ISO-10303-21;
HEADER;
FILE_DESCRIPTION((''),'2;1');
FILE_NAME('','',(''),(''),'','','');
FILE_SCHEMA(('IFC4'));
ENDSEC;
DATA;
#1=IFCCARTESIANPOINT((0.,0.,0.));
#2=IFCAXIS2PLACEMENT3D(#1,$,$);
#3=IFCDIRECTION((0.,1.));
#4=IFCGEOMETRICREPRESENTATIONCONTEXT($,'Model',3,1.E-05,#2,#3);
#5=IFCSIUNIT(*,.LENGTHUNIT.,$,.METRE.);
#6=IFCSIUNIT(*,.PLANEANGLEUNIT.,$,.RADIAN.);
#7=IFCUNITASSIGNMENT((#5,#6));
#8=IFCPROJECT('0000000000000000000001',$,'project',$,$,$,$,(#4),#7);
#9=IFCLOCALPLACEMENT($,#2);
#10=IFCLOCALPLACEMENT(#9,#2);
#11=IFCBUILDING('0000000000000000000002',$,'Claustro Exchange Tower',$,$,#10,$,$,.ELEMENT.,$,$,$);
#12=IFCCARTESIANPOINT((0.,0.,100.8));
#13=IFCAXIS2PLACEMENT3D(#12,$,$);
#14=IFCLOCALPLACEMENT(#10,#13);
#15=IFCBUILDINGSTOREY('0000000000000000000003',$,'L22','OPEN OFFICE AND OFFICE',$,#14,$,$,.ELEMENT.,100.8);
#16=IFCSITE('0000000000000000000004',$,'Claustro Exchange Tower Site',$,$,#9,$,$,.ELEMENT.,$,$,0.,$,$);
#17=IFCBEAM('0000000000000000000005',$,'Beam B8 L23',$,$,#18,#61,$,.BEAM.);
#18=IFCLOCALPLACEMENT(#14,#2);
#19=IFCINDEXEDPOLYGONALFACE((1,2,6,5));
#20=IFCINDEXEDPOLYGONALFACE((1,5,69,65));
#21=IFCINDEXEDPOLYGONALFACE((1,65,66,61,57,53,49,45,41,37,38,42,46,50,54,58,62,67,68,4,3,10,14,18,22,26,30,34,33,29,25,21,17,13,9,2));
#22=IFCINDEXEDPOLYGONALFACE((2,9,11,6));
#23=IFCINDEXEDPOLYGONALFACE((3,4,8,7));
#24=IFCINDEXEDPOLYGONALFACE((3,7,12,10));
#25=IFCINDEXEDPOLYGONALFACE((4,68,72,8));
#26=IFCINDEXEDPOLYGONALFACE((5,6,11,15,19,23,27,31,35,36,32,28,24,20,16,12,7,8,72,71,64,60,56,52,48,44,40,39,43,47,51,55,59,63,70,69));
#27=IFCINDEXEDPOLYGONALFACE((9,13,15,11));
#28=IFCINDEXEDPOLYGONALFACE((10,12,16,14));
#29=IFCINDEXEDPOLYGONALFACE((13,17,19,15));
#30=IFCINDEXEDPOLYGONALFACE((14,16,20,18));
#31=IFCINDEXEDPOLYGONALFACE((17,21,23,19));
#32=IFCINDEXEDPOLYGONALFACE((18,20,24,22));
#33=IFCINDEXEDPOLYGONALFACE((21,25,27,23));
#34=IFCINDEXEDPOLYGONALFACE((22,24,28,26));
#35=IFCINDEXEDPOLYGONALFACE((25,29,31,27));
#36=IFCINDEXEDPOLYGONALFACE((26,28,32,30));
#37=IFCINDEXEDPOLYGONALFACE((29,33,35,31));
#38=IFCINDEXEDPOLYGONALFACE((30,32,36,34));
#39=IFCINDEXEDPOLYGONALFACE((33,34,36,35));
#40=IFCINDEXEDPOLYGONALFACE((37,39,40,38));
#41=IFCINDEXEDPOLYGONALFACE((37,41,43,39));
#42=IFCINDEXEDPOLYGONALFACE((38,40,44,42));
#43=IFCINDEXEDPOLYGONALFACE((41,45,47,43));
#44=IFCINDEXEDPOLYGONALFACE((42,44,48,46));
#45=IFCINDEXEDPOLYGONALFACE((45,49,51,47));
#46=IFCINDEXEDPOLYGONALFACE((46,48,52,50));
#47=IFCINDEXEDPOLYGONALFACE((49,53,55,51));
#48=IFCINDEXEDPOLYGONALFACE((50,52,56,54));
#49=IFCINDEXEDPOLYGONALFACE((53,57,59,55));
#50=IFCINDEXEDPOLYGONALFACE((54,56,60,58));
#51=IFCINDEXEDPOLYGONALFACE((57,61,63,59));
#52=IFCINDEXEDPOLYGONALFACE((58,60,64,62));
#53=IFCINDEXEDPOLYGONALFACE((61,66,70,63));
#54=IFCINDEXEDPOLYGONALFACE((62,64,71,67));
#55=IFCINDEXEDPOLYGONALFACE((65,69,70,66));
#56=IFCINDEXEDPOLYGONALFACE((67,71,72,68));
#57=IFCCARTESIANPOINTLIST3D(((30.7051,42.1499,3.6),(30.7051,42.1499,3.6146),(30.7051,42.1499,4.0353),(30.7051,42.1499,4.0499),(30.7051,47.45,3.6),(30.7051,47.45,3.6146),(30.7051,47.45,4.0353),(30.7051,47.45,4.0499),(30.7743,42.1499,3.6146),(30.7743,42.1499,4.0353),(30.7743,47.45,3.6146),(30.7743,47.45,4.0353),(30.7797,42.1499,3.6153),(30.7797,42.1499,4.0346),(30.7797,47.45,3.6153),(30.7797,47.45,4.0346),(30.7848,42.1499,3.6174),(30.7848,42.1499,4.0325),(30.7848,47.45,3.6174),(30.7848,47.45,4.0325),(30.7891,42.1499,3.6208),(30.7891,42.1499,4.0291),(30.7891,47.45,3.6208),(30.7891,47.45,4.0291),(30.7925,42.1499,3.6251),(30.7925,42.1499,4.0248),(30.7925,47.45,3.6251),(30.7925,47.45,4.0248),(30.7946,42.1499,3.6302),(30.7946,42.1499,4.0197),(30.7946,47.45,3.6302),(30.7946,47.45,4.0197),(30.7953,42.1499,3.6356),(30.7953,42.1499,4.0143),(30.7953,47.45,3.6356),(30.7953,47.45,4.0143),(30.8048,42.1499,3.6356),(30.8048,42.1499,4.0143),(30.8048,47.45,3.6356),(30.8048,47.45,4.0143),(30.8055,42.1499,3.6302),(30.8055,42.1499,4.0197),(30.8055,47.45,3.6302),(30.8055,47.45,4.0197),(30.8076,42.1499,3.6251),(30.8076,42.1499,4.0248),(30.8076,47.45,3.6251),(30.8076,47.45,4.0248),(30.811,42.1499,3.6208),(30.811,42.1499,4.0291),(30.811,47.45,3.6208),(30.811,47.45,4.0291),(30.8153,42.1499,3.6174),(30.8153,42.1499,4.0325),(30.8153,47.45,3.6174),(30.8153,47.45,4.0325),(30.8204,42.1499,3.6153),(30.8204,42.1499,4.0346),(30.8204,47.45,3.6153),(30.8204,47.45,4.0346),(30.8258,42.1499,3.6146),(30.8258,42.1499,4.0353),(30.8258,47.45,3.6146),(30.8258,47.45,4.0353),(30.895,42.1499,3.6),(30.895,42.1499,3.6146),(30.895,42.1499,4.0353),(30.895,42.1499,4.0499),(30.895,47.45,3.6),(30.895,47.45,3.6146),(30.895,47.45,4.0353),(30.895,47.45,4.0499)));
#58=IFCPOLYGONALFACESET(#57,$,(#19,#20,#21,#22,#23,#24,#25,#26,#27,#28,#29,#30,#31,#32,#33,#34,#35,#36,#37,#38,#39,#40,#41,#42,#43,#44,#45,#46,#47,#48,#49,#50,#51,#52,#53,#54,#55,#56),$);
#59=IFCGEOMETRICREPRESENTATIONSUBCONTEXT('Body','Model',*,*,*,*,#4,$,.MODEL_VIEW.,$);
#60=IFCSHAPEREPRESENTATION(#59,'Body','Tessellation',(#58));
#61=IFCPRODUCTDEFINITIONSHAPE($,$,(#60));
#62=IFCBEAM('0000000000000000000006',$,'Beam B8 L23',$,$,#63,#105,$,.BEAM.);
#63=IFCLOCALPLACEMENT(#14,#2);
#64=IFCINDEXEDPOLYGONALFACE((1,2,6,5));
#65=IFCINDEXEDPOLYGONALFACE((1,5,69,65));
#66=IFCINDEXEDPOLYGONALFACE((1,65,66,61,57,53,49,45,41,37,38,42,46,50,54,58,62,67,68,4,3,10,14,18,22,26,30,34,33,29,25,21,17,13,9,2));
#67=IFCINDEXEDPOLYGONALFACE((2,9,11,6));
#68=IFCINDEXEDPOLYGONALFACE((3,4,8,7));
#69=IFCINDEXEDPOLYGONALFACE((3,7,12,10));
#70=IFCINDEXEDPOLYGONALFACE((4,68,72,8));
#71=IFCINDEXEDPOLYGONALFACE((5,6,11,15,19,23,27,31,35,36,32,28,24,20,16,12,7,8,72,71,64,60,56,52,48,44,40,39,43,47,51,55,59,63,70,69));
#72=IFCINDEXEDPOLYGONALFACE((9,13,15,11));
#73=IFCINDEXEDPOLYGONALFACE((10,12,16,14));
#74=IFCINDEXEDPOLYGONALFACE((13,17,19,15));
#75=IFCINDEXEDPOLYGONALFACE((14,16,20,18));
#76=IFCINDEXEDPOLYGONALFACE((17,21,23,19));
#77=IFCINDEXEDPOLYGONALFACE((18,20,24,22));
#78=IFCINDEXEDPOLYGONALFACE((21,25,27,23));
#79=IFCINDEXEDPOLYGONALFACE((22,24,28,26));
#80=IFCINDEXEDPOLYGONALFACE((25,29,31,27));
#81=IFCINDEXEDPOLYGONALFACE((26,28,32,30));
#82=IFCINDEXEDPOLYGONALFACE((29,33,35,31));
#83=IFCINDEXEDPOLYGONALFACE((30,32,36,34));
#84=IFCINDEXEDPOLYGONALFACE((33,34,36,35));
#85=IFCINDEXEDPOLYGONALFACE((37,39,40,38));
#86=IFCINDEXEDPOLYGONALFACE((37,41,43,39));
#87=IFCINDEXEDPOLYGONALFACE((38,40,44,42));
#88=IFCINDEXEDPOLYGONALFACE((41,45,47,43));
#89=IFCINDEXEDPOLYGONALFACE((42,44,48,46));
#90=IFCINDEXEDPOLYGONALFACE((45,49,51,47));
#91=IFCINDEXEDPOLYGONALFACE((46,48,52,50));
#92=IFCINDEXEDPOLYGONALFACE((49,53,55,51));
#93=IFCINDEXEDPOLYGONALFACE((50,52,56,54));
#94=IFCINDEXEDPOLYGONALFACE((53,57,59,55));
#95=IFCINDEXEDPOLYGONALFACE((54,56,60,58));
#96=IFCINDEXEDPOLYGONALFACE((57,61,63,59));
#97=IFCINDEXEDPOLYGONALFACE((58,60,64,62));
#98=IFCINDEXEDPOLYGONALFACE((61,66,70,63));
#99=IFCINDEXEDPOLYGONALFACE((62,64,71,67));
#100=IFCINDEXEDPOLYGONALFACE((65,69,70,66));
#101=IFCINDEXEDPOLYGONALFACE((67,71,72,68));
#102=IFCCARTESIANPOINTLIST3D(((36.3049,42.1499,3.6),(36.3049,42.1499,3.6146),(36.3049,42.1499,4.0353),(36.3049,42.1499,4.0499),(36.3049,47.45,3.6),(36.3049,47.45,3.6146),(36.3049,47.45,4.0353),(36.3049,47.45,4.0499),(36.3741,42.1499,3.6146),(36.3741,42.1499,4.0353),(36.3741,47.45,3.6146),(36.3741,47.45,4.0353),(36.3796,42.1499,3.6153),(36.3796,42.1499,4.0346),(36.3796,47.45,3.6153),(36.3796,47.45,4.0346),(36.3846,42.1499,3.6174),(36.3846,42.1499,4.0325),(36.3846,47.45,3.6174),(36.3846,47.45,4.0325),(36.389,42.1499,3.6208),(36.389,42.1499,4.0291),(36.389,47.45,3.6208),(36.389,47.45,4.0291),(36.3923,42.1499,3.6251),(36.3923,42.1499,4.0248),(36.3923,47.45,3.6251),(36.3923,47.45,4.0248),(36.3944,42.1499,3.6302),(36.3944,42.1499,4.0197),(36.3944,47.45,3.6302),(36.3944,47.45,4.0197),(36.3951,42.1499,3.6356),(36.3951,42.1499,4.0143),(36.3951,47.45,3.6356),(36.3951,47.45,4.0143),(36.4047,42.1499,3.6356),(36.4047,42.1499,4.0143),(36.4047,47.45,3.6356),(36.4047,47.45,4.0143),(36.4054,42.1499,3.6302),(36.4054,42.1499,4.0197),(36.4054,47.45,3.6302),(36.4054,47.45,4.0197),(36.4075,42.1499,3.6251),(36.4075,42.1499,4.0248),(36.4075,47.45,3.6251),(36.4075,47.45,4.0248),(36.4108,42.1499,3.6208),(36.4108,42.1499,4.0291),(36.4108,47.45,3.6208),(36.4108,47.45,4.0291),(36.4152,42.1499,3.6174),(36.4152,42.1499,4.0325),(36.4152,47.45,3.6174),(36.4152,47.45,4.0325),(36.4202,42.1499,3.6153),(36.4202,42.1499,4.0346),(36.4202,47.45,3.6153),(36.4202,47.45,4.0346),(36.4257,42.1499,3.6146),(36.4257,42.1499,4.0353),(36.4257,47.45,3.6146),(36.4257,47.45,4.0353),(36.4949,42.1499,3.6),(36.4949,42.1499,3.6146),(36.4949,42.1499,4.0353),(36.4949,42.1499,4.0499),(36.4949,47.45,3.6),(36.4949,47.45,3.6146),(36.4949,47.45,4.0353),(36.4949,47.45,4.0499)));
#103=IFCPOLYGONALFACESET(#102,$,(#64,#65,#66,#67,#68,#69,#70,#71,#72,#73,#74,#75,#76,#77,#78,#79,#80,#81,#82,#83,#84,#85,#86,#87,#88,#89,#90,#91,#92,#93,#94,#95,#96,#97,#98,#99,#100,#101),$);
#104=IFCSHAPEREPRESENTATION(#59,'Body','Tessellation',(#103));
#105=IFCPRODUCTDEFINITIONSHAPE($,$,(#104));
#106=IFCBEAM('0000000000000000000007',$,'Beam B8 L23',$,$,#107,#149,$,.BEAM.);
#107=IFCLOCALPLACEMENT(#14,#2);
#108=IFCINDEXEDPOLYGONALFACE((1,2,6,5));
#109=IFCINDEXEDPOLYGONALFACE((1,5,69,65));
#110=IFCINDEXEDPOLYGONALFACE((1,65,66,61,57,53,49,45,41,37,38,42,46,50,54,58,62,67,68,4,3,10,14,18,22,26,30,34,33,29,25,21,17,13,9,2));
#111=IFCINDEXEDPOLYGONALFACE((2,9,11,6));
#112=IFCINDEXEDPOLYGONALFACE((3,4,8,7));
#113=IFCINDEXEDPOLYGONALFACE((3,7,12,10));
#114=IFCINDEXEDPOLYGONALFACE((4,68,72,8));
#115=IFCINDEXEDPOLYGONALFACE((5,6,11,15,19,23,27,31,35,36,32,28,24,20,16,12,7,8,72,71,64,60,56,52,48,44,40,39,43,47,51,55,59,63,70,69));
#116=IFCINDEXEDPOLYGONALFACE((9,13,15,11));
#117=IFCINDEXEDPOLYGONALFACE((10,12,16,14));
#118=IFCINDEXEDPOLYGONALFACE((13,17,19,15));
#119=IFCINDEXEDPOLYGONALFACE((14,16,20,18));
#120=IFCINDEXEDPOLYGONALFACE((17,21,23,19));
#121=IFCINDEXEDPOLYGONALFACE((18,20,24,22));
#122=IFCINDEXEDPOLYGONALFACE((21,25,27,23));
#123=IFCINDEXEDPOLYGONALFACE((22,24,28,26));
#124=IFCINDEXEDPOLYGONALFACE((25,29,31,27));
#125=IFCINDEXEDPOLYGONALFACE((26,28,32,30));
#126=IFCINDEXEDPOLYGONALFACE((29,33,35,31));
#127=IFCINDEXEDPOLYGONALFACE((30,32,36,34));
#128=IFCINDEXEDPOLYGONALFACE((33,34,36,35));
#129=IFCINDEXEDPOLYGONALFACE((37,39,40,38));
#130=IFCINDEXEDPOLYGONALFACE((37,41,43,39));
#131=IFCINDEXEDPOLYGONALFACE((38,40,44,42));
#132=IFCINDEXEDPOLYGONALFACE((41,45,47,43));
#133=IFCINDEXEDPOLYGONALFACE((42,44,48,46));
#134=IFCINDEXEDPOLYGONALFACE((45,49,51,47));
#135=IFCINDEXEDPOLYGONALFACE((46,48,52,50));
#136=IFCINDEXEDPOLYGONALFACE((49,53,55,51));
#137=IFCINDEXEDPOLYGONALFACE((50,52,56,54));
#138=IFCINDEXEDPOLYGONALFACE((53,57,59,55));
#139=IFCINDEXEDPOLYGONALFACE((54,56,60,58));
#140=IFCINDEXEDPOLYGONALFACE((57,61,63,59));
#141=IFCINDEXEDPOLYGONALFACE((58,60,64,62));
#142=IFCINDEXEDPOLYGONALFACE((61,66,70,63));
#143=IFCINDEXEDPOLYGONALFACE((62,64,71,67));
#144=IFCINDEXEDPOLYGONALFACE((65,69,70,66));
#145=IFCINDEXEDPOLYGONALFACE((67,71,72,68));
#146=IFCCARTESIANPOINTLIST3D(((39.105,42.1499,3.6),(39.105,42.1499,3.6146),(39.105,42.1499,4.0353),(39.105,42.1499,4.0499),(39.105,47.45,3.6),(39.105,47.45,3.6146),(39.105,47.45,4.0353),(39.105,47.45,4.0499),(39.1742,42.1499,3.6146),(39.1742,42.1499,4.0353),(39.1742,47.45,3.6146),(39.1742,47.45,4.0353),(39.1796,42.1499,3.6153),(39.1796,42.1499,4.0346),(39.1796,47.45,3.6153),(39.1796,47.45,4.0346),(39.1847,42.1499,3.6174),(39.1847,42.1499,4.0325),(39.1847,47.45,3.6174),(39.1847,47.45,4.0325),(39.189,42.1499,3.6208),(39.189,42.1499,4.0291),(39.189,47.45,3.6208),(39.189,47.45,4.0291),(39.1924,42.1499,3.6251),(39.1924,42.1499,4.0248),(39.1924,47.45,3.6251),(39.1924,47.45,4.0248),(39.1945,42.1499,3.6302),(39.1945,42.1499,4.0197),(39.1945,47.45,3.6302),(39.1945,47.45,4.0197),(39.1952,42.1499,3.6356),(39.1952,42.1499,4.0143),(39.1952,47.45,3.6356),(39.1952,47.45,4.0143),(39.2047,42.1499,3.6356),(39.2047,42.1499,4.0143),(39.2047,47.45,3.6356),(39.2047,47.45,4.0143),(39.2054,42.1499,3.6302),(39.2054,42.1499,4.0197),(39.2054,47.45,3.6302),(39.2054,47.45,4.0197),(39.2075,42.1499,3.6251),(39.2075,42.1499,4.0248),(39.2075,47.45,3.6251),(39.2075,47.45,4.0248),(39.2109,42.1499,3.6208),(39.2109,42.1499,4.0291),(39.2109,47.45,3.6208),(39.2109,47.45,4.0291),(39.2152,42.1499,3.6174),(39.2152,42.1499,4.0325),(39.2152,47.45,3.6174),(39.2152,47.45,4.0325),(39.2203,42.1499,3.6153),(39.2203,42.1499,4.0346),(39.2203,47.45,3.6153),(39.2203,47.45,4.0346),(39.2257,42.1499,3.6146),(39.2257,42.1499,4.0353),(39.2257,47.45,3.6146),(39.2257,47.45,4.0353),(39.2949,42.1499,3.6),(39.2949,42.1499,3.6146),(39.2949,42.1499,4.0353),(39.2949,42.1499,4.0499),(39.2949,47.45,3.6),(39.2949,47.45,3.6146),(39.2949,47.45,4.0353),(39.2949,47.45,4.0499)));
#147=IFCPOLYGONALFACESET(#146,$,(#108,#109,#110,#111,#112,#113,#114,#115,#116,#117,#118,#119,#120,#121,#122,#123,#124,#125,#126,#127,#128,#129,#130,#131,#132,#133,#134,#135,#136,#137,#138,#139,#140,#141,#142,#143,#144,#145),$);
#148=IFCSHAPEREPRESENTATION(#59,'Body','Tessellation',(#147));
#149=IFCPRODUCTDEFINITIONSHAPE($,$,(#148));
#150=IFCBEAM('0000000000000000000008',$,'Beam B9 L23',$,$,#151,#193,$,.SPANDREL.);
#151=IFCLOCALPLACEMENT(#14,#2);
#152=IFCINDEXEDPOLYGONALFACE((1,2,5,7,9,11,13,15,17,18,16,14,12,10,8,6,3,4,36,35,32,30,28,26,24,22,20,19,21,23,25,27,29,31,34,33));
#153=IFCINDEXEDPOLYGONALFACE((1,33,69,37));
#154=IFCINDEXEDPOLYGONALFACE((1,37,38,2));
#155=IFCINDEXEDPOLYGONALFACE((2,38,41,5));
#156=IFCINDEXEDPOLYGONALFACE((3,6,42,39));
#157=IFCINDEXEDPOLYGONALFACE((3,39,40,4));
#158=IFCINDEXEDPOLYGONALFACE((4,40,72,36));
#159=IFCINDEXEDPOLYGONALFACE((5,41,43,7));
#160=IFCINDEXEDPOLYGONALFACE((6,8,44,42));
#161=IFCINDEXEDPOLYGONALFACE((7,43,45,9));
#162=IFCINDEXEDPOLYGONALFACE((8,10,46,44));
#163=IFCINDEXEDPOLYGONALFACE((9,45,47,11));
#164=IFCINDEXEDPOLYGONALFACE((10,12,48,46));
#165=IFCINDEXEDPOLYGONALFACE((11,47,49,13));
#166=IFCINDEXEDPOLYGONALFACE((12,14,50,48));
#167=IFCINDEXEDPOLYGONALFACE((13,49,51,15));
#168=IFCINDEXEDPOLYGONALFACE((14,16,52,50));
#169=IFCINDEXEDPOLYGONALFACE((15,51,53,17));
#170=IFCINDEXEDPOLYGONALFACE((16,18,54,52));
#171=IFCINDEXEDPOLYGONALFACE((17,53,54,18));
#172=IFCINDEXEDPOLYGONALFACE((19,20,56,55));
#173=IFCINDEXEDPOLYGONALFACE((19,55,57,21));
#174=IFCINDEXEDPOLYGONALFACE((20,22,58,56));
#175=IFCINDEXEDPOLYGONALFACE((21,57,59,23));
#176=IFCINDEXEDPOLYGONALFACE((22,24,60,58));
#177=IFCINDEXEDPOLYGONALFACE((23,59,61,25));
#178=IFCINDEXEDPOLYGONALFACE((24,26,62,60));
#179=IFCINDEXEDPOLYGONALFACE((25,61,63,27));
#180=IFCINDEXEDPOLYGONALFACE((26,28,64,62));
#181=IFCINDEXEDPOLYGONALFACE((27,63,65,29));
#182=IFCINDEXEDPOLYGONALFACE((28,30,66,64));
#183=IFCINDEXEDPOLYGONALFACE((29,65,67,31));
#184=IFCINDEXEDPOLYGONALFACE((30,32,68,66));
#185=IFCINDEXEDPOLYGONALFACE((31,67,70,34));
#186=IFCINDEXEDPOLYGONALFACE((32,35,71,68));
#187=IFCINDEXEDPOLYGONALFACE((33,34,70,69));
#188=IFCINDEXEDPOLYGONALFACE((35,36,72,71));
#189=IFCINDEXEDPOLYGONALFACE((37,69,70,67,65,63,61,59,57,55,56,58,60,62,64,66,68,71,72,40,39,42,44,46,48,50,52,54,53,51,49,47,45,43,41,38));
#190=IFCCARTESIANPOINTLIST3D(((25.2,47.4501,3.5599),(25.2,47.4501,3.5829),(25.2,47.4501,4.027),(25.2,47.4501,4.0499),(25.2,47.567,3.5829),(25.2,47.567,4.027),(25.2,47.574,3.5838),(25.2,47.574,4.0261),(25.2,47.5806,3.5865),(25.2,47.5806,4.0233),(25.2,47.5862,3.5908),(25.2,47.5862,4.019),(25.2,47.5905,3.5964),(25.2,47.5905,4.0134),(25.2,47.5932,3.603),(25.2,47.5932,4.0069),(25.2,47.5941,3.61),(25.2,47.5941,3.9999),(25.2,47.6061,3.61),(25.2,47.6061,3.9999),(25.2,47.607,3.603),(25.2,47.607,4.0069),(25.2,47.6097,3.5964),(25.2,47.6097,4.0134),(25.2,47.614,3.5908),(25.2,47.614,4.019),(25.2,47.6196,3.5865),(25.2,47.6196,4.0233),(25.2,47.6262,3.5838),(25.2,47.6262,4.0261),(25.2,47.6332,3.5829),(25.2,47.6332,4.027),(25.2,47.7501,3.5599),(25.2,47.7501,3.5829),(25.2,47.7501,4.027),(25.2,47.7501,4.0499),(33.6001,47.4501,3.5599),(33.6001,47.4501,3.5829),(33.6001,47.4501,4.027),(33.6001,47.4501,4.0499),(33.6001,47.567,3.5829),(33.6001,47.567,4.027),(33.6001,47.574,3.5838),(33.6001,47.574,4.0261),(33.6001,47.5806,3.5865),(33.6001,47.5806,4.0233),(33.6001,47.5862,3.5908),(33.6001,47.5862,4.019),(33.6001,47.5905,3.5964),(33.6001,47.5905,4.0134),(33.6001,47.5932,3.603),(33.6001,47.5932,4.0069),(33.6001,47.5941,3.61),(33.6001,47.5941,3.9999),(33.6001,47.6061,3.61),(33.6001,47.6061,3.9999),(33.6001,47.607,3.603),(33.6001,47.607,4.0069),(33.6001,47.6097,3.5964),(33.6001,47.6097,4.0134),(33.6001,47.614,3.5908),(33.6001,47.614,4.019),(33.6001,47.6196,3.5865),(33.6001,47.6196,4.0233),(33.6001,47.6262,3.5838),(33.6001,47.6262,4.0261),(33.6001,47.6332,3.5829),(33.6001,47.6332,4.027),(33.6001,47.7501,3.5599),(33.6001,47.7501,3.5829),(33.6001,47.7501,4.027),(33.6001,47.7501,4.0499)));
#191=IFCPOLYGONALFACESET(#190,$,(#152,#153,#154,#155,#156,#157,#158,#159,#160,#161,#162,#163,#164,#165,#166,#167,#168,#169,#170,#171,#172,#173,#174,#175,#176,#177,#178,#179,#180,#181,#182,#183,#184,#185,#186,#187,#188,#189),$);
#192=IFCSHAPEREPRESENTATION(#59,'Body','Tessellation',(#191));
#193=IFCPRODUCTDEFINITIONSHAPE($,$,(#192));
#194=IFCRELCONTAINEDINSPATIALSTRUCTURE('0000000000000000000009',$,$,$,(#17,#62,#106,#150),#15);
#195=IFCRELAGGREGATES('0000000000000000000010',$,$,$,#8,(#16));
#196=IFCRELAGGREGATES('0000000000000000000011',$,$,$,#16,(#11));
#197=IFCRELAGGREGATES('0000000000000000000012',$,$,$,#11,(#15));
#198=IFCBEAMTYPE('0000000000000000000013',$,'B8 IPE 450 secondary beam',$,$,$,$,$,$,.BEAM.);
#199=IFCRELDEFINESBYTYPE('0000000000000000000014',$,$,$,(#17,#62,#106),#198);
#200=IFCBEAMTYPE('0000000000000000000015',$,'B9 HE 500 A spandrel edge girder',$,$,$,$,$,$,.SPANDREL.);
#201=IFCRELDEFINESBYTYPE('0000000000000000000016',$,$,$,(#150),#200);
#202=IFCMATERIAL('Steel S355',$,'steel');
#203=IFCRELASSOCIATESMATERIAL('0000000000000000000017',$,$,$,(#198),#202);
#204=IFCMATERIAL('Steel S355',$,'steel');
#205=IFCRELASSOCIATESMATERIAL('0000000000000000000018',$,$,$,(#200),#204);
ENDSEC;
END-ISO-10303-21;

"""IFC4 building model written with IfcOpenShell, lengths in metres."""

from ifc_helpers import new_model, si_unit, direction, frame, origin, origin_2d, place, context, subcontext, project, spatial, i_section, extrude, material, material_profile, profile_set, type_object, element, save


model = new_model("IFC4")

# Units and contexts
model_context = context("Model", 3, precision=1e-05, world=origin(), true_north=direction((0.0, 1.0)))
body_context = subcontext(model_context, "Body", "Model", "MODEL_VIEW")
ifc_project = project(units=[si_unit("LENGTHUNIT", "METRE"), si_unit("PLANEANGLEUNIT", "RADIAN")], contexts=[model_context])

# Site, building, storey
site_placement = place(None, origin())
site = spatial("IfcSite", under=ifc_project, at=site_placement, Name="Claustro Exchange Tower Site", CompositionType="ELEMENT", RefElevation=0.0)
building_placement = place(site_placement, origin())
building = spatial("IfcBuilding", under=site, at=building_placement, Name="Claustro Exchange Tower", CompositionType="ELEMENT")
storey_placement = place(building_placement, frame((0.0, 0.0, 100.8)))
storey = spatial("IfcBuildingStorey", under=building, at=storey_placement, Name="L22", Description="OPEN OFFICE AND OFFICE", CompositionType="ELEMENT", Elevation=100.8)

# Beams
ifc_material_1 = material(Name="Steel S355", Category="steel")
ifc_material_profile_1 = material_profile(ifc_material_1, i_section(OverallWidth=0.1899, OverallDepth=0.45, WebThickness=0.0095, FlangeThickness=0.0146, FilletRadius=0.021, at=origin_2d()), Name="IPE 450")
ifc_profile_set_1 = profile_set([ifc_material_profile_1], Name="Steel S355")
beam_type_1 = type_object("IfcBeamType", Name="B8 IPE 450 secondary beam", PredefinedType="BEAM", material=ifc_profile_set_1)
for number, where, z_axis, x_axis, name in (
    (1, (30.8, 42.1499, 3.825), (0.0, 1.0, 0.0), (-1.0, 0.0, 0.0), "Beam B8 L23"),
    (2, (36.3999, 42.1499, 3.825), (0.0, 1.0, 0.0), (-1.0, 0.0, 0.0), "Beam B8 L23"),
    (3, (39.2, 42.1499, 3.825), (0.0, 1.0, 0.0), (-1.0, 0.0, 0.0), "Beam B8 L23"),
):
    element("IfcBeam", number, at=place(storey_placement, frame(where, z_axis=z_axis, x_axis=x_axis)), inside=storey, type_object=beam_type_1, Name=name, PredefinedType="BEAM", context=body_context, shape_type="SweptSolid", body=[
        extrude(i_section(OverallWidth=0.1899, OverallDepth=0.45, WebThickness=0.0095, FlangeThickness=0.0146, FilletRadius=0.021, at=origin_2d()), origin(), (0.0, 0.0, 1.0), 5.3),
    ])
ifc_material_2 = material(Name="Steel S355", Category="steel")
ifc_material_profile_2 = material_profile(ifc_material_2, i_section(OverallWidth=0.3, OverallDepth=0.49, WebThickness=0.012, FlangeThickness=0.0229, FilletRadius=0.0271, at=origin_2d()), Name="HE 500 A")
ifc_profile_set_2 = profile_set([ifc_material_profile_2], Name="Steel S355")
beam_type_2 = type_object("IfcBeamType", Name="B9 HE 500 A spandrel edge girder", PredefinedType="SPANDREL", material=ifc_profile_set_2)
beam_1_placement = place(storey_placement, frame((25.2, 47.6001, 3.8049), z_axis=(1.0, 0.0, 0.0), x_axis=(0.0, 1.0, 0.0)))
element("IfcBeam", 4, at=beam_1_placement, inside=storey, type_object=beam_type_2, Name="Beam B9 L23", PredefinedType="SPANDREL", context=body_context, shape_type="SweptSolid", body=[
    extrude(i_section(OverallWidth=0.3, OverallDepth=0.49, WebThickness=0.012, FlangeThickness=0.0229, FilletRadius=0.0271, at=origin_2d()), origin(), (0.0, 0.0, 1.0), 8.4001),
])

save(model, "model.ifc")
